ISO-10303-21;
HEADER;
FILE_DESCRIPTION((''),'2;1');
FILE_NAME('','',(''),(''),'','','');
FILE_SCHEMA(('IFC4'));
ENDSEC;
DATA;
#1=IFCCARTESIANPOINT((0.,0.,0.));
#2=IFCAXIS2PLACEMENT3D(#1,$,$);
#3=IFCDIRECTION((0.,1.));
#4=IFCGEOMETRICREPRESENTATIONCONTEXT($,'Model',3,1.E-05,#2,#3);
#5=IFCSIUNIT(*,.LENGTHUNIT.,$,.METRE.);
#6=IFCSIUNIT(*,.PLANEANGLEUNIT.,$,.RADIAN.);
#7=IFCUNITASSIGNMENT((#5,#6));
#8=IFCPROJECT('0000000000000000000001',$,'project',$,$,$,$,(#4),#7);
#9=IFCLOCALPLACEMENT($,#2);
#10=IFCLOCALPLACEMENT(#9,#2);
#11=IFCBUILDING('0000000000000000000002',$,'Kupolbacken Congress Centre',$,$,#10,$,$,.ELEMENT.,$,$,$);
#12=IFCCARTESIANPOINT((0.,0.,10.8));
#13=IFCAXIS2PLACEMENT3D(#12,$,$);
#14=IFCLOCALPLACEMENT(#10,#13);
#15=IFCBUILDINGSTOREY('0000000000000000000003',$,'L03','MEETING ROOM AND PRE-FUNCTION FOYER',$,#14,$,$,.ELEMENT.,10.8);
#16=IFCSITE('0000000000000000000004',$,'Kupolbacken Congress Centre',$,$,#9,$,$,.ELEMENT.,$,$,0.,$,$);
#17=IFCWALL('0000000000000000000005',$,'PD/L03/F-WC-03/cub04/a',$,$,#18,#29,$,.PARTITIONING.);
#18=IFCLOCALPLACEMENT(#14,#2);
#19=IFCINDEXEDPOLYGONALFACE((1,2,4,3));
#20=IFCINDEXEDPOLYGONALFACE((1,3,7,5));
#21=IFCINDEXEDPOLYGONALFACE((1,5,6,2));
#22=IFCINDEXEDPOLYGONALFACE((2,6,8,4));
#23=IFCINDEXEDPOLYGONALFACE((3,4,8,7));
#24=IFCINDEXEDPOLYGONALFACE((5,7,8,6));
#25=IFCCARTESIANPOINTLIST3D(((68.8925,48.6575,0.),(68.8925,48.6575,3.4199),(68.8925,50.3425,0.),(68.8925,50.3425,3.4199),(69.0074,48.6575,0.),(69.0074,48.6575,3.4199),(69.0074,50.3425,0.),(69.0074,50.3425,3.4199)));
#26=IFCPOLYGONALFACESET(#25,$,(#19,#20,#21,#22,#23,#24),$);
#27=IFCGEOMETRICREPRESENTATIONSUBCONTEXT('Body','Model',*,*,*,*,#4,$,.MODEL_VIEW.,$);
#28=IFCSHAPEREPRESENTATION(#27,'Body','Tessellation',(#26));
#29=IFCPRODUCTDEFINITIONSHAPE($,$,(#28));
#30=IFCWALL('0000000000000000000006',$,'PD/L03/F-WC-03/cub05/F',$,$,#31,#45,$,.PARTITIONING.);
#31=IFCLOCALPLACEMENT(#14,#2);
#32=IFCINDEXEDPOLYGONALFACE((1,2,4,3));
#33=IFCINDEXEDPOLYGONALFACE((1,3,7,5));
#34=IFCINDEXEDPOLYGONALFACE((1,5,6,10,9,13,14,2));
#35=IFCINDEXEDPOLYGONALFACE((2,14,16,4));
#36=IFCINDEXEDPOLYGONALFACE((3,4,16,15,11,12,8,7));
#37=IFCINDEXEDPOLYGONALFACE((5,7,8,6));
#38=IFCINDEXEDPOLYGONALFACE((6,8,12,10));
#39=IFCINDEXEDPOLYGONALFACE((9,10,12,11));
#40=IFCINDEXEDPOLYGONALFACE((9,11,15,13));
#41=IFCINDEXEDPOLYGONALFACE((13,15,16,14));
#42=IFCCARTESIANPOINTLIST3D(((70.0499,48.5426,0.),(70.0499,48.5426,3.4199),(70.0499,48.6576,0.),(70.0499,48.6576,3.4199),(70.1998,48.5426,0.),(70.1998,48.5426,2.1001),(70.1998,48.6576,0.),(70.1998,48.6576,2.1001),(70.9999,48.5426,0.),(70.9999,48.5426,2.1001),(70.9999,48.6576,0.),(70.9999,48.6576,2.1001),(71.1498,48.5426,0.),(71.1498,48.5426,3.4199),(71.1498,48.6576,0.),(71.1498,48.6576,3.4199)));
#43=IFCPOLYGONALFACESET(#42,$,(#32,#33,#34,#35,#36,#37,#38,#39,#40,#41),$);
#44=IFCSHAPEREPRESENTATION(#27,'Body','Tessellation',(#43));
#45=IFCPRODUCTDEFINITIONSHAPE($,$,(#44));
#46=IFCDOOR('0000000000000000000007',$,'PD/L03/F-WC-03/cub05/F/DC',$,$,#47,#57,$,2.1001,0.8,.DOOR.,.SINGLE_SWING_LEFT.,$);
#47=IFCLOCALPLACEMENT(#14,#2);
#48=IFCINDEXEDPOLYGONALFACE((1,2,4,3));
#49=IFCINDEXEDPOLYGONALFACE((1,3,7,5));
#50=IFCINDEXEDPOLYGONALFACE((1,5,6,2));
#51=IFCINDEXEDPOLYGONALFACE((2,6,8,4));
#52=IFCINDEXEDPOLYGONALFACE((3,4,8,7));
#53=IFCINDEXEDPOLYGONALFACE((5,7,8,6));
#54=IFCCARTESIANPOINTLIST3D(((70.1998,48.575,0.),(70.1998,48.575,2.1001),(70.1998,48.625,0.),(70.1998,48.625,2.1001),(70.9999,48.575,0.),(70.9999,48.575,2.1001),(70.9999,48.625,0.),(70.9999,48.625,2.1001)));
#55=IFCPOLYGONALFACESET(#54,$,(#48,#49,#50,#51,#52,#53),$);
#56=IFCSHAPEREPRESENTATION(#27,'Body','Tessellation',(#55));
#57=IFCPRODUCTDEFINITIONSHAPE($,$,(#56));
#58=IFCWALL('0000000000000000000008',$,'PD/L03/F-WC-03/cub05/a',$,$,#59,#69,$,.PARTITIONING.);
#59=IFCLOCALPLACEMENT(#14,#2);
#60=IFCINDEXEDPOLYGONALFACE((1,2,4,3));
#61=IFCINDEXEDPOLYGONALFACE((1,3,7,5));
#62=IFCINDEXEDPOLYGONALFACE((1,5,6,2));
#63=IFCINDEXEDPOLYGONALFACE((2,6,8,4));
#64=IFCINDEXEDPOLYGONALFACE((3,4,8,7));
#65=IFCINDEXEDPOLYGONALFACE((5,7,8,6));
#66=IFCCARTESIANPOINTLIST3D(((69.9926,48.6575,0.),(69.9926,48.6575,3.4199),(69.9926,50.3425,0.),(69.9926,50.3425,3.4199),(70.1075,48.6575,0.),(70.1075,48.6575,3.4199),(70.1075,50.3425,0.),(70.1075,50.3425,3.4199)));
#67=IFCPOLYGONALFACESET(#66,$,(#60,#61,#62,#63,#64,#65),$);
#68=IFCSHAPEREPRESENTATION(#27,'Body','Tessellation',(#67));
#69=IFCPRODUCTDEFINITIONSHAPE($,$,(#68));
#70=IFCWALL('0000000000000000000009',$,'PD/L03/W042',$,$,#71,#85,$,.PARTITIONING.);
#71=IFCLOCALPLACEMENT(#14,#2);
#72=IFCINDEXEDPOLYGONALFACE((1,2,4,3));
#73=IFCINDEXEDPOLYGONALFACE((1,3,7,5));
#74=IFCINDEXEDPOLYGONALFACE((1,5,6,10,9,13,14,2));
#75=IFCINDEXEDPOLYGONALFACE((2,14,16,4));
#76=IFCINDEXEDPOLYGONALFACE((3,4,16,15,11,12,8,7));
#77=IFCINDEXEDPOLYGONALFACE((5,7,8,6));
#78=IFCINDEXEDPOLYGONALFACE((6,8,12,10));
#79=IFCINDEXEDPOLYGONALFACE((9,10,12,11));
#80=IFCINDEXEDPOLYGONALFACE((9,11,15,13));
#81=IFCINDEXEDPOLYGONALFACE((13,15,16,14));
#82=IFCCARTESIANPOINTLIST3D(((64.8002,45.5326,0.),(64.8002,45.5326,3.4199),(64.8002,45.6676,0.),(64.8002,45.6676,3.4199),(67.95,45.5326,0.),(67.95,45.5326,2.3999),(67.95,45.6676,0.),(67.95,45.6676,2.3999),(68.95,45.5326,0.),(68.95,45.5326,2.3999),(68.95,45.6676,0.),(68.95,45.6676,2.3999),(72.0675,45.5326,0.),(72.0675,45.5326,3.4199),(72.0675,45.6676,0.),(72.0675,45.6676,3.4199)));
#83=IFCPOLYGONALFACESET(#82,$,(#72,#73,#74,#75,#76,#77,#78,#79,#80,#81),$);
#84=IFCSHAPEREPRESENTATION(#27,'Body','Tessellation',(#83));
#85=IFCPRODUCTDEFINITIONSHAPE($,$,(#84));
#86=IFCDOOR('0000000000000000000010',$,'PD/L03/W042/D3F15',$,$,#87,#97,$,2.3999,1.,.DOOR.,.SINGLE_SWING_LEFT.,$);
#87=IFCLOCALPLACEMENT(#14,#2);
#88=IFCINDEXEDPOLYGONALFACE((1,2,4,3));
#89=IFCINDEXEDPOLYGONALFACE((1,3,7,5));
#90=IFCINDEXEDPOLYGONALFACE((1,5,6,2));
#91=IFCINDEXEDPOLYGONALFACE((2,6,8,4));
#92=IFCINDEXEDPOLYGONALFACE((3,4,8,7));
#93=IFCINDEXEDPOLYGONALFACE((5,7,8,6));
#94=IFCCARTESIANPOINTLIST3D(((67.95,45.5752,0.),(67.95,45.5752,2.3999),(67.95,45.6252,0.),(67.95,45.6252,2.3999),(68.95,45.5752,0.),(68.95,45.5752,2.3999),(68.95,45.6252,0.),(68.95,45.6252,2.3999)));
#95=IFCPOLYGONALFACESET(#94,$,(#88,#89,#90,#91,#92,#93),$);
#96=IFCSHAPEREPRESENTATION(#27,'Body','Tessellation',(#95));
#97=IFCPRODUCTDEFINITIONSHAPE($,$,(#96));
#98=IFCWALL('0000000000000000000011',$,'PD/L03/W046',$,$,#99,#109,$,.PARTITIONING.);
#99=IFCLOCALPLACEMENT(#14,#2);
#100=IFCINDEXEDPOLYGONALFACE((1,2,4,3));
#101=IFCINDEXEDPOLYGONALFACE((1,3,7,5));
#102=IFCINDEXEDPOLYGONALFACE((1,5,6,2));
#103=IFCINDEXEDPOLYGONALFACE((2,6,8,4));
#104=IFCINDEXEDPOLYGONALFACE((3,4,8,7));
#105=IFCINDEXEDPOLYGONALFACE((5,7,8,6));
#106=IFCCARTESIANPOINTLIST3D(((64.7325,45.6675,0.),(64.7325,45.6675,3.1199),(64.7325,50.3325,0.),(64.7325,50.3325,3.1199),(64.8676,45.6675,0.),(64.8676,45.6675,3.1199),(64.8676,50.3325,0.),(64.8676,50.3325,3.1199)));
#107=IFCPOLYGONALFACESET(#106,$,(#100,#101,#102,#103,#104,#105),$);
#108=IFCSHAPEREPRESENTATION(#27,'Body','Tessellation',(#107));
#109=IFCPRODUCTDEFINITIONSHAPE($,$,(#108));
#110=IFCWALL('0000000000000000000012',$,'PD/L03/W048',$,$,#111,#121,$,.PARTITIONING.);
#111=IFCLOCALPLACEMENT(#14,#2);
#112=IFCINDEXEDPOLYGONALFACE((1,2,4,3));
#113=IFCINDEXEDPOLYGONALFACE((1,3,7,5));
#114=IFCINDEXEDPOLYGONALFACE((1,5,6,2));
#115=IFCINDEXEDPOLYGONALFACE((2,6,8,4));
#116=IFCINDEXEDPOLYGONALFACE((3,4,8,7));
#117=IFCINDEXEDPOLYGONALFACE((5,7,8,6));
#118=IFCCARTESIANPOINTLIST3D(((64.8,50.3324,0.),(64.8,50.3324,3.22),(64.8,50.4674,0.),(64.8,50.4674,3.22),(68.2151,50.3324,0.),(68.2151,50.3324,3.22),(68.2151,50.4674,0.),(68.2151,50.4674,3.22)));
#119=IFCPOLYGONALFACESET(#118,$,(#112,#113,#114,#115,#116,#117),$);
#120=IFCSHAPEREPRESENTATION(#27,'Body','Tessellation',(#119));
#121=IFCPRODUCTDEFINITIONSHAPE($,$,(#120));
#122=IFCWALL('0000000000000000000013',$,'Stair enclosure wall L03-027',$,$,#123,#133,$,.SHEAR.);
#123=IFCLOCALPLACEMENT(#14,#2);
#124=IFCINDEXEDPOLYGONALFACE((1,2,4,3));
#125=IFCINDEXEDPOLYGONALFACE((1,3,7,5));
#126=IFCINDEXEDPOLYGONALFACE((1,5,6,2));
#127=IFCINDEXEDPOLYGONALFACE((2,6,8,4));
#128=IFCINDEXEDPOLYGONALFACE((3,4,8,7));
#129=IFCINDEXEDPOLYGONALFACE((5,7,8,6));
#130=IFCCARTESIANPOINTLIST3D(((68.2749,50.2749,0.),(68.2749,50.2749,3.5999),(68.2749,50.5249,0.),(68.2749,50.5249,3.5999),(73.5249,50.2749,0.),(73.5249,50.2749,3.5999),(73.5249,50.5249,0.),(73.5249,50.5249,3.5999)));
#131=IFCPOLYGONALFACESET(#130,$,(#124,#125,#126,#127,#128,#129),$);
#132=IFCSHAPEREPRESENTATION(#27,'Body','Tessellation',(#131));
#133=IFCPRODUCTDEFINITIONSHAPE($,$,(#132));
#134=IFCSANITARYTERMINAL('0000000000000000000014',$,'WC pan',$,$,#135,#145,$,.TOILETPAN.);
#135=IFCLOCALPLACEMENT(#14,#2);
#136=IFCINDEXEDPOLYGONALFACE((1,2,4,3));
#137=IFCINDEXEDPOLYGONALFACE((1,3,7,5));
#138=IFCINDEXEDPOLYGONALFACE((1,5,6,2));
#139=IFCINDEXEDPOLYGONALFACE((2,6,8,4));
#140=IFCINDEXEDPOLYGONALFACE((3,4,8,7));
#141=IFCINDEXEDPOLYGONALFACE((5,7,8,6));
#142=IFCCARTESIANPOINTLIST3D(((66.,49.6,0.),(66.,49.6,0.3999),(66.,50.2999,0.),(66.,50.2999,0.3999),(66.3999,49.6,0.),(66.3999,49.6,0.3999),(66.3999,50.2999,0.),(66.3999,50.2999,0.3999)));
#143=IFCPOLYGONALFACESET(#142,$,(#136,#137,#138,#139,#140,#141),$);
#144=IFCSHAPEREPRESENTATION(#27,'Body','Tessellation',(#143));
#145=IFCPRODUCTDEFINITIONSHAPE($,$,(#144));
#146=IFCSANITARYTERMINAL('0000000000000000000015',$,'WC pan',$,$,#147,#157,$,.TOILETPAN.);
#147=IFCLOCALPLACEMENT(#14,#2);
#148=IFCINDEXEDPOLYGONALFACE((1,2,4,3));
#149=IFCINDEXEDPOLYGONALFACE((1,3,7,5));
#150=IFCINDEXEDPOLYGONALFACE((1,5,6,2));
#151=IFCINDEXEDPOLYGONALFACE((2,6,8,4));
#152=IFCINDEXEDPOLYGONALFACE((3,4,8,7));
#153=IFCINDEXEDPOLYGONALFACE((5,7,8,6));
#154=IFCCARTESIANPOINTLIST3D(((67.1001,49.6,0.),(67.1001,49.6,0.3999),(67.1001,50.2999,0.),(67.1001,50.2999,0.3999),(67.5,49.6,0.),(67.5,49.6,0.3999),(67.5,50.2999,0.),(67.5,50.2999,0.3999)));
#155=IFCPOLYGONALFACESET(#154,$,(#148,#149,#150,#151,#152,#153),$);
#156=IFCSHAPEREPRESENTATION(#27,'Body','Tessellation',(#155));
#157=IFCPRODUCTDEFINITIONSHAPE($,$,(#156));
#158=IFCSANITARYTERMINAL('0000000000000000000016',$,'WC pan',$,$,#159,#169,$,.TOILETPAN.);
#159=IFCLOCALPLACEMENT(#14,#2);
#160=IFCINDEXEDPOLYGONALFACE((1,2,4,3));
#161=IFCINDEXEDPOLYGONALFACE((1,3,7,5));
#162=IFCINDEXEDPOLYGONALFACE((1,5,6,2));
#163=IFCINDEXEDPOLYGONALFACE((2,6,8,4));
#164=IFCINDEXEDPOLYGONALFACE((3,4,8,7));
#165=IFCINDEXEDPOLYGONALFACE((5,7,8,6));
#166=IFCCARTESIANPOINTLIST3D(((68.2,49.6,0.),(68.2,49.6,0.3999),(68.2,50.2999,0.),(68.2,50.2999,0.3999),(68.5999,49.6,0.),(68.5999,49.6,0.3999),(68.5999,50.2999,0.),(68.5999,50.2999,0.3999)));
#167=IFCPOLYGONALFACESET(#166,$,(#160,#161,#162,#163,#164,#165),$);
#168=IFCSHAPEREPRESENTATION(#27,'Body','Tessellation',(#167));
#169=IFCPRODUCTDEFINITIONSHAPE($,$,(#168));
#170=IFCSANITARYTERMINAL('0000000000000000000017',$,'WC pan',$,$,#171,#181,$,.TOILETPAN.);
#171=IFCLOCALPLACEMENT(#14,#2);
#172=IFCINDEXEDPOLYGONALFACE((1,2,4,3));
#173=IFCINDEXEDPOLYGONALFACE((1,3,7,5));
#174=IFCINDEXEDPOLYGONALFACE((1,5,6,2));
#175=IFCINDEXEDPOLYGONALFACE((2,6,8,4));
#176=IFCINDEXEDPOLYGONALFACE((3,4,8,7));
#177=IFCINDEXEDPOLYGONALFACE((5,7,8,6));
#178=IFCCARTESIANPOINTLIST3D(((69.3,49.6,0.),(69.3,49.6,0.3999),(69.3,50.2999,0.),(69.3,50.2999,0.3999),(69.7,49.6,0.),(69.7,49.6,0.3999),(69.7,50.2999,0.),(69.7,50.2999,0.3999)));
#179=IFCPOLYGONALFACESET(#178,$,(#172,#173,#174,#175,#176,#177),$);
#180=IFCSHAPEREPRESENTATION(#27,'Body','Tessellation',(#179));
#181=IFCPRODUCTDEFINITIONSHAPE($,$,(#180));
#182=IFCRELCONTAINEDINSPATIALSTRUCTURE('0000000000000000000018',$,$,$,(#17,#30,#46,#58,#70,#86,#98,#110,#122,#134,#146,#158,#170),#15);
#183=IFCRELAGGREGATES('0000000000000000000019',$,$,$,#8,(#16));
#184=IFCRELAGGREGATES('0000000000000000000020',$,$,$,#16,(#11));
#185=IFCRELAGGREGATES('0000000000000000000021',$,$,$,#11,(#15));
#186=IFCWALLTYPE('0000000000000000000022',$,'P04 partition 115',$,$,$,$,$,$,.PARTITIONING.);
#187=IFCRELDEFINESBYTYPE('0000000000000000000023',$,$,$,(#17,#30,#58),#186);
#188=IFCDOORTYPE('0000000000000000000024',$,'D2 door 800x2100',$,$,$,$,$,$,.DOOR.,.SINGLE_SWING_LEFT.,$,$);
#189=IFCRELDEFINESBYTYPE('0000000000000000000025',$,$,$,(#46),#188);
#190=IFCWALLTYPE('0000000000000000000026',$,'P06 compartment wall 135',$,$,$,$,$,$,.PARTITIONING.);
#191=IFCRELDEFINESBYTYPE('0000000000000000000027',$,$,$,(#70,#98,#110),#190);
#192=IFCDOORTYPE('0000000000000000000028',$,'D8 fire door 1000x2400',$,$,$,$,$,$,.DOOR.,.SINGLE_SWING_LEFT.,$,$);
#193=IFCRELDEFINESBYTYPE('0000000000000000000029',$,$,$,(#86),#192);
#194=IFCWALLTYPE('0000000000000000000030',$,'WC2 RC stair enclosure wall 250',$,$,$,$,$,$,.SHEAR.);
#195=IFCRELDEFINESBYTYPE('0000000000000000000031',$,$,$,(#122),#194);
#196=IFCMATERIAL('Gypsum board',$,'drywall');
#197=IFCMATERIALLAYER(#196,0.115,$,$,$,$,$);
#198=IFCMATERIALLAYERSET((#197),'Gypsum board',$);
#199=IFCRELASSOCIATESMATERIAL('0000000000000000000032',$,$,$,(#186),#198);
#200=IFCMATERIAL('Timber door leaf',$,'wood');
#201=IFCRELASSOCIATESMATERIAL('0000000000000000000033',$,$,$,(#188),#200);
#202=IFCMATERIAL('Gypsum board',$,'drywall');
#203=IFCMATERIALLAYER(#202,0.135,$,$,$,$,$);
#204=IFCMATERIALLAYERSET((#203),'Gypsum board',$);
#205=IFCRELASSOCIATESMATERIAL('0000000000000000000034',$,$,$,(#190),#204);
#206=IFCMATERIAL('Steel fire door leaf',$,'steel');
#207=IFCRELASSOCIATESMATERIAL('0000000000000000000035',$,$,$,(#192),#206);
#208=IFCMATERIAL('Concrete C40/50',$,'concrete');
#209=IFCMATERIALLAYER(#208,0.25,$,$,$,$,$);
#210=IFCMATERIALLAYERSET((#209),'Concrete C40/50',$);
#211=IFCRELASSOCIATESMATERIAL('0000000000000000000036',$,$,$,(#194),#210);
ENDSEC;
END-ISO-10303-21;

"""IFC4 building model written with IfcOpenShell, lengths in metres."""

from ifc_helpers import new_model, si_unit, direction, frame, frame_2d, origin, origin_2d, place, context, subcontext, project, spatial, rectangle, extrude, material, layer, layer_set, type_object, element, fill, save


model = new_model("IFC4")

# Units and contexts
model_context = context("Model", 3, precision=1e-05, world=origin(), true_north=direction((0.0, 1.0)))
body_context = subcontext(model_context, "Body", "Model", "MODEL_VIEW")
ifc_project = project(units=[si_unit("LENGTHUNIT", "METRE"), si_unit("PLANEANGLEUNIT", "RADIAN")], contexts=[model_context])

# Site, building, storey
site_placement = place(None, origin())
site = spatial("IfcSite", under=ifc_project, at=site_placement, Name="Kupolbacken Congress Centre", CompositionType="ELEMENT", RefElevation=0.0)
building_placement = place(site_placement, origin())
building = spatial("IfcBuilding", under=site, at=building_placement, Name="Kupolbacken Congress Centre", CompositionType="ELEMENT")
storey_placement = place(building_placement, frame((0.0, 0.0, 10.8)))
storey = spatial("IfcBuildingStorey", under=building, at=storey_placement, Name="L03", Description="MEETING ROOM AND PRE-FUNCTION FOYER", CompositionType="ELEMENT", Elevation=10.8)

# Shared definitions
ifc_material_1 = material(Name="Gypsum board", Category="drywall")
ifc_layer_1 = layer(ifc_material_1, 0.115)
ifc_layer_set_1 = layer_set([ifc_layer_1], Name="Gypsum board")
wall_type_1 = type_object("IfcWallType", Name="P04 partition 115", PredefinedType="PARTITIONING", material=ifc_layer_set_1)

# Shared definitions
ifc_material_2 = material(Name="Timber door leaf", Category="wood")
door_type_1 = type_object("IfcDoorType", Name="D2 door 800x2100", OperationType="SINGLE_SWING_LEFT", PredefinedType="DOOR", material=ifc_material_2)

# Wall
wall_1_placement = place(storey_placement, frame((68.95, 50.3425, 0.0), z_axis=(0.0, 0.0, 1.0), x_axis=(0.0, -1.0, 0.0)))
element("IfcWall", 1, at=wall_1_placement, inside=storey, type_object=wall_type_1, Name="PD/L03/F-WC-03/cub04/a", PredefinedType="PARTITIONING", context=body_context, shape_type="SweptSolid", body=[
    extrude(rectangle(XDim=1.6851, YDim=0.115, at=frame_2d((0.8425, 0.0))), origin(), (0.0, 0.0, 1.0), 3.4199),
])

# Wall, opening, door
wall_2_placement = place(storey_placement, frame((70.05, 48.6001, 0.0), z_axis=(0.0, 0.0, 1.0), x_axis=(1.0, 0.0, 0.0)))
wall_2 = element("IfcWall", 2, at=wall_2_placement, inside=storey, type_object=wall_type_1, Name="PD/L03/F-WC-03/cub05/F", PredefinedType="PARTITIONING", context=body_context, shape_type="SweptSolid", body=[
    extrude(rectangle(XDim=1.0999, YDim=0.115, at=frame_2d((0.5498, 0.0))), origin(), (0.0, 0.0, 1.0), 3.4199),
])
opening_1_placement = place(wall_2_placement, frame((0.1499, 0.0, 0.0)))
opening_1 = element("IfcOpeningElement", 3, at=opening_1_placement, cuts=wall_2, PredefinedType="OPENING", context=body_context, shape_type="SweptSolid", body=[
    extrude(rectangle(XDim=0.8, YDim=2.1001, at=frame_2d((0.3999, 1.05))), frame((0.0, 0.0674, 0.0), z_axis=(0.0, -1.0, 0.0), x_axis=(1.0, 0.0, 0.0)), (0.0, 0.0, 1.0), 0.135),
])
door_1_placement = place(opening_1_placement, origin())
door_1 = element("IfcDoor", 4, at=door_1_placement, inside=storey, type_object=door_type_1, Name="PD/L03/F-WC-03/cub05/F/DC", OperationType="SINGLE_SWING_LEFT", OverallHeight=2.1001, OverallWidth=0.8, PredefinedType="DOOR", context=body_context, shape_type="SweptSolid", body=[
    extrude(rectangle(XDim=0.8, YDim=2.1001, at=frame_2d((0.3999, 1.05))), frame((0.0, 0.0249, 0.0), z_axis=(0.0, -1.0, 0.0), x_axis=(1.0, 0.0, 0.0)), (0.0, 0.0, 1.0), 0.05),
])
fill(opening_1, door_1)

# Wall
wall_3_placement = place(storey_placement, frame((70.05, 50.3425, 0.0), z_axis=(0.0, 0.0, 1.0), x_axis=(0.0, -1.0, 0.0)))
element("IfcWall", 5, at=wall_3_placement, inside=storey, type_object=wall_type_1, Name="PD/L03/F-WC-03/cub05/a", PredefinedType="PARTITIONING", context=body_context, shape_type="SweptSolid", body=[
    extrude(rectangle(XDim=1.6851, YDim=0.115, at=frame_2d((0.8425, 0.0))), origin(), (0.0, 0.0, 1.0), 3.4199),
])

# Wall, opening, door
ifc_material_3 = material(Name="Gypsum board", Category="drywall")
ifc_layer_2 = layer(ifc_material_3, 0.135)
ifc_layer_set_2 = layer_set([ifc_layer_2], Name="Gypsum board")
wall_type_2 = type_object("IfcWallType", Name="P06 compartment wall 135", PredefinedType="PARTITIONING", material=ifc_layer_set_2)
wall_4_placement = place(storey_placement, frame((64.8, 45.6001, 0.0), z_axis=(0.0, 0.0, 1.0), x_axis=(1.0, 0.0, 0.0)))
wall_4 = element("IfcWall", 6, at=wall_4_placement, inside=storey, type_object=wall_type_2, Name="PD/L03/W042", PredefinedType="PARTITIONING", context=body_context, shape_type="SweptSolid", body=[
    extrude(rectangle(XDim=7.2673, YDim=0.135, at=frame_2d((3.6338, 0.0))), origin(), (0.0, 0.0, 1.0), 3.4199),
])
opening_2_placement = place(wall_4_placement, frame((3.1499, 0.0, 0.0)))
opening_2 = element("IfcOpeningElement", 7, at=opening_2_placement, cuts=wall_4, PredefinedType="OPENING", context=body_context, shape_type="SweptSolid", body=[
    extrude(rectangle(XDim=1.0, YDim=2.3999, at=frame_2d((0.5, 1.2))), frame((0.0, 0.0774, 0.0), z_axis=(0.0, -1.0, 0.0), x_axis=(1.0, 0.0, 0.0)), (0.0, 0.0, 1.0), 0.155),
])
ifc_material_4 = material(Name="Steel fire door leaf", Category="steel")
door_type_2 = type_object("IfcDoorType", Name="D8 fire door 1000x2400", OperationType="SINGLE_SWING_LEFT", PredefinedType="DOOR", material=ifc_material_4)
door_2_placement = place(opening_2_placement, frame((1.0, 0.0, 0.0), z_axis=(0.0, 0.0, 1.0), x_axis=(-1.0, 0.0, 0.0)))
door_2 = element("IfcDoor", 8, at=door_2_placement, inside=storey, type_object=door_type_2, Name="PD/L03/W042/D3F15", OperationType="SINGLE_SWING_LEFT", OverallHeight=2.3999, OverallWidth=1.0, PredefinedType="DOOR", context=body_context, shape_type="SweptSolid", body=[
    extrude(rectangle(XDim=1.0, YDim=2.3999, at=frame_2d((0.5, 1.2))), frame((0.0, 0.0249, 0.0), z_axis=(0.0, -1.0, 0.0), x_axis=(1.0, 0.0, 0.0)), (0.0, 0.0, 1.0), 0.05),
])
fill(opening_2, door_2)

# Walls
wall_5_placement = place(storey_placement, frame((64.8, 50.3325, 0.0), z_axis=(0.0, 0.0, 1.0), x_axis=(0.0, -1.0, 0.0)))
element("IfcWall", 9, at=wall_5_placement, inside=storey, type_object=wall_type_2, Name="PD/L03/W046", PredefinedType="PARTITIONING", context=body_context, shape_type="SweptSolid", body=[
    extrude(rectangle(XDim=4.665, YDim=0.135, at=frame_2d((2.3325, 0.0))), origin(), (0.0, 0.0, 1.0), 3.1199),
])
wall_6_placement = place(storey_placement, frame((64.8, 50.3999, 0.0), z_axis=(0.0, 0.0, 1.0), x_axis=(1.0, 0.0, 0.0)))
element("IfcWall", 10, at=wall_6_placement, inside=storey, type_object=wall_type_2, Name="PD/L03/W048", PredefinedType="PARTITIONING", context=body_context, shape_type="SweptSolid", body=[
    extrude(rectangle(XDim=3.415, YDim=0.135, at=frame_2d((1.7075, 0.0))), origin(), (0.0, 0.0, 1.0), 3.22),
])
ifc_material_5 = material(Name="Concrete C40/50", Category="concrete")
ifc_layer_3 = layer(ifc_material_5, 0.25)
ifc_layer_set_3 = layer_set([ifc_layer_3], Name="Concrete C40/50")
wall_type_3 = type_object("IfcWallType", Name="WC2 RC stair enclosure wall 250", PredefinedType="SHEAR", material=ifc_layer_set_3)
wall_7_placement = place(storey_placement, frame((68.2749, 50.3999, 0.0), z_axis=(0.0, 0.0, 1.0), x_axis=(1.0, 0.0, 0.0)))
element("IfcWall", 11, at=wall_7_placement, inside=storey, type_object=wall_type_3, Name="Stair enclosure wall L03-027", PredefinedType="SHEAR", context=body_context, shape_type="SweptSolid", body=[
    extrude(rectangle(XDim=5.25, YDim=0.25, at=frame_2d((2.625, 0.0))), origin(), (0.0, 0.0, 1.0), 3.5999),
])

# Sanitary terminals
for number, where, z_axis, x_axis, name in (
    (12, (66.2, 49.95, 0.0), (0.0, 0.0, 1.0), (1.0, 0.0, 0.0), "WC pan"),
    (13, (67.3, 49.95, 0.0), (0.0, 0.0, 1.0), (1.0, 0.0, 0.0), "WC pan"),
    (14, (68.3999, 49.95, 0.0), (0.0, 0.0, 1.0), (1.0, 0.0, 0.0), "WC pan"),
    (15, (69.5, 49.95, 0.0), (0.0, 0.0, 1.0), (1.0, 0.0, 0.0), "WC pan"),
):
    element("IfcSanitaryTerminal", number, at=place(storey_placement, frame(where, z_axis=z_axis, x_axis=x_axis)), inside=storey, Name=name, PredefinedType="TOILETPAN", context=body_context, shape_type="SweptSolid", body=[
        extrude(rectangle(XDim=0.3999, YDim=0.7, at=origin_2d()), origin(), (0.0, 0.0, 1.0), 0.3999),
    ])

save(model, "model.ifc")
